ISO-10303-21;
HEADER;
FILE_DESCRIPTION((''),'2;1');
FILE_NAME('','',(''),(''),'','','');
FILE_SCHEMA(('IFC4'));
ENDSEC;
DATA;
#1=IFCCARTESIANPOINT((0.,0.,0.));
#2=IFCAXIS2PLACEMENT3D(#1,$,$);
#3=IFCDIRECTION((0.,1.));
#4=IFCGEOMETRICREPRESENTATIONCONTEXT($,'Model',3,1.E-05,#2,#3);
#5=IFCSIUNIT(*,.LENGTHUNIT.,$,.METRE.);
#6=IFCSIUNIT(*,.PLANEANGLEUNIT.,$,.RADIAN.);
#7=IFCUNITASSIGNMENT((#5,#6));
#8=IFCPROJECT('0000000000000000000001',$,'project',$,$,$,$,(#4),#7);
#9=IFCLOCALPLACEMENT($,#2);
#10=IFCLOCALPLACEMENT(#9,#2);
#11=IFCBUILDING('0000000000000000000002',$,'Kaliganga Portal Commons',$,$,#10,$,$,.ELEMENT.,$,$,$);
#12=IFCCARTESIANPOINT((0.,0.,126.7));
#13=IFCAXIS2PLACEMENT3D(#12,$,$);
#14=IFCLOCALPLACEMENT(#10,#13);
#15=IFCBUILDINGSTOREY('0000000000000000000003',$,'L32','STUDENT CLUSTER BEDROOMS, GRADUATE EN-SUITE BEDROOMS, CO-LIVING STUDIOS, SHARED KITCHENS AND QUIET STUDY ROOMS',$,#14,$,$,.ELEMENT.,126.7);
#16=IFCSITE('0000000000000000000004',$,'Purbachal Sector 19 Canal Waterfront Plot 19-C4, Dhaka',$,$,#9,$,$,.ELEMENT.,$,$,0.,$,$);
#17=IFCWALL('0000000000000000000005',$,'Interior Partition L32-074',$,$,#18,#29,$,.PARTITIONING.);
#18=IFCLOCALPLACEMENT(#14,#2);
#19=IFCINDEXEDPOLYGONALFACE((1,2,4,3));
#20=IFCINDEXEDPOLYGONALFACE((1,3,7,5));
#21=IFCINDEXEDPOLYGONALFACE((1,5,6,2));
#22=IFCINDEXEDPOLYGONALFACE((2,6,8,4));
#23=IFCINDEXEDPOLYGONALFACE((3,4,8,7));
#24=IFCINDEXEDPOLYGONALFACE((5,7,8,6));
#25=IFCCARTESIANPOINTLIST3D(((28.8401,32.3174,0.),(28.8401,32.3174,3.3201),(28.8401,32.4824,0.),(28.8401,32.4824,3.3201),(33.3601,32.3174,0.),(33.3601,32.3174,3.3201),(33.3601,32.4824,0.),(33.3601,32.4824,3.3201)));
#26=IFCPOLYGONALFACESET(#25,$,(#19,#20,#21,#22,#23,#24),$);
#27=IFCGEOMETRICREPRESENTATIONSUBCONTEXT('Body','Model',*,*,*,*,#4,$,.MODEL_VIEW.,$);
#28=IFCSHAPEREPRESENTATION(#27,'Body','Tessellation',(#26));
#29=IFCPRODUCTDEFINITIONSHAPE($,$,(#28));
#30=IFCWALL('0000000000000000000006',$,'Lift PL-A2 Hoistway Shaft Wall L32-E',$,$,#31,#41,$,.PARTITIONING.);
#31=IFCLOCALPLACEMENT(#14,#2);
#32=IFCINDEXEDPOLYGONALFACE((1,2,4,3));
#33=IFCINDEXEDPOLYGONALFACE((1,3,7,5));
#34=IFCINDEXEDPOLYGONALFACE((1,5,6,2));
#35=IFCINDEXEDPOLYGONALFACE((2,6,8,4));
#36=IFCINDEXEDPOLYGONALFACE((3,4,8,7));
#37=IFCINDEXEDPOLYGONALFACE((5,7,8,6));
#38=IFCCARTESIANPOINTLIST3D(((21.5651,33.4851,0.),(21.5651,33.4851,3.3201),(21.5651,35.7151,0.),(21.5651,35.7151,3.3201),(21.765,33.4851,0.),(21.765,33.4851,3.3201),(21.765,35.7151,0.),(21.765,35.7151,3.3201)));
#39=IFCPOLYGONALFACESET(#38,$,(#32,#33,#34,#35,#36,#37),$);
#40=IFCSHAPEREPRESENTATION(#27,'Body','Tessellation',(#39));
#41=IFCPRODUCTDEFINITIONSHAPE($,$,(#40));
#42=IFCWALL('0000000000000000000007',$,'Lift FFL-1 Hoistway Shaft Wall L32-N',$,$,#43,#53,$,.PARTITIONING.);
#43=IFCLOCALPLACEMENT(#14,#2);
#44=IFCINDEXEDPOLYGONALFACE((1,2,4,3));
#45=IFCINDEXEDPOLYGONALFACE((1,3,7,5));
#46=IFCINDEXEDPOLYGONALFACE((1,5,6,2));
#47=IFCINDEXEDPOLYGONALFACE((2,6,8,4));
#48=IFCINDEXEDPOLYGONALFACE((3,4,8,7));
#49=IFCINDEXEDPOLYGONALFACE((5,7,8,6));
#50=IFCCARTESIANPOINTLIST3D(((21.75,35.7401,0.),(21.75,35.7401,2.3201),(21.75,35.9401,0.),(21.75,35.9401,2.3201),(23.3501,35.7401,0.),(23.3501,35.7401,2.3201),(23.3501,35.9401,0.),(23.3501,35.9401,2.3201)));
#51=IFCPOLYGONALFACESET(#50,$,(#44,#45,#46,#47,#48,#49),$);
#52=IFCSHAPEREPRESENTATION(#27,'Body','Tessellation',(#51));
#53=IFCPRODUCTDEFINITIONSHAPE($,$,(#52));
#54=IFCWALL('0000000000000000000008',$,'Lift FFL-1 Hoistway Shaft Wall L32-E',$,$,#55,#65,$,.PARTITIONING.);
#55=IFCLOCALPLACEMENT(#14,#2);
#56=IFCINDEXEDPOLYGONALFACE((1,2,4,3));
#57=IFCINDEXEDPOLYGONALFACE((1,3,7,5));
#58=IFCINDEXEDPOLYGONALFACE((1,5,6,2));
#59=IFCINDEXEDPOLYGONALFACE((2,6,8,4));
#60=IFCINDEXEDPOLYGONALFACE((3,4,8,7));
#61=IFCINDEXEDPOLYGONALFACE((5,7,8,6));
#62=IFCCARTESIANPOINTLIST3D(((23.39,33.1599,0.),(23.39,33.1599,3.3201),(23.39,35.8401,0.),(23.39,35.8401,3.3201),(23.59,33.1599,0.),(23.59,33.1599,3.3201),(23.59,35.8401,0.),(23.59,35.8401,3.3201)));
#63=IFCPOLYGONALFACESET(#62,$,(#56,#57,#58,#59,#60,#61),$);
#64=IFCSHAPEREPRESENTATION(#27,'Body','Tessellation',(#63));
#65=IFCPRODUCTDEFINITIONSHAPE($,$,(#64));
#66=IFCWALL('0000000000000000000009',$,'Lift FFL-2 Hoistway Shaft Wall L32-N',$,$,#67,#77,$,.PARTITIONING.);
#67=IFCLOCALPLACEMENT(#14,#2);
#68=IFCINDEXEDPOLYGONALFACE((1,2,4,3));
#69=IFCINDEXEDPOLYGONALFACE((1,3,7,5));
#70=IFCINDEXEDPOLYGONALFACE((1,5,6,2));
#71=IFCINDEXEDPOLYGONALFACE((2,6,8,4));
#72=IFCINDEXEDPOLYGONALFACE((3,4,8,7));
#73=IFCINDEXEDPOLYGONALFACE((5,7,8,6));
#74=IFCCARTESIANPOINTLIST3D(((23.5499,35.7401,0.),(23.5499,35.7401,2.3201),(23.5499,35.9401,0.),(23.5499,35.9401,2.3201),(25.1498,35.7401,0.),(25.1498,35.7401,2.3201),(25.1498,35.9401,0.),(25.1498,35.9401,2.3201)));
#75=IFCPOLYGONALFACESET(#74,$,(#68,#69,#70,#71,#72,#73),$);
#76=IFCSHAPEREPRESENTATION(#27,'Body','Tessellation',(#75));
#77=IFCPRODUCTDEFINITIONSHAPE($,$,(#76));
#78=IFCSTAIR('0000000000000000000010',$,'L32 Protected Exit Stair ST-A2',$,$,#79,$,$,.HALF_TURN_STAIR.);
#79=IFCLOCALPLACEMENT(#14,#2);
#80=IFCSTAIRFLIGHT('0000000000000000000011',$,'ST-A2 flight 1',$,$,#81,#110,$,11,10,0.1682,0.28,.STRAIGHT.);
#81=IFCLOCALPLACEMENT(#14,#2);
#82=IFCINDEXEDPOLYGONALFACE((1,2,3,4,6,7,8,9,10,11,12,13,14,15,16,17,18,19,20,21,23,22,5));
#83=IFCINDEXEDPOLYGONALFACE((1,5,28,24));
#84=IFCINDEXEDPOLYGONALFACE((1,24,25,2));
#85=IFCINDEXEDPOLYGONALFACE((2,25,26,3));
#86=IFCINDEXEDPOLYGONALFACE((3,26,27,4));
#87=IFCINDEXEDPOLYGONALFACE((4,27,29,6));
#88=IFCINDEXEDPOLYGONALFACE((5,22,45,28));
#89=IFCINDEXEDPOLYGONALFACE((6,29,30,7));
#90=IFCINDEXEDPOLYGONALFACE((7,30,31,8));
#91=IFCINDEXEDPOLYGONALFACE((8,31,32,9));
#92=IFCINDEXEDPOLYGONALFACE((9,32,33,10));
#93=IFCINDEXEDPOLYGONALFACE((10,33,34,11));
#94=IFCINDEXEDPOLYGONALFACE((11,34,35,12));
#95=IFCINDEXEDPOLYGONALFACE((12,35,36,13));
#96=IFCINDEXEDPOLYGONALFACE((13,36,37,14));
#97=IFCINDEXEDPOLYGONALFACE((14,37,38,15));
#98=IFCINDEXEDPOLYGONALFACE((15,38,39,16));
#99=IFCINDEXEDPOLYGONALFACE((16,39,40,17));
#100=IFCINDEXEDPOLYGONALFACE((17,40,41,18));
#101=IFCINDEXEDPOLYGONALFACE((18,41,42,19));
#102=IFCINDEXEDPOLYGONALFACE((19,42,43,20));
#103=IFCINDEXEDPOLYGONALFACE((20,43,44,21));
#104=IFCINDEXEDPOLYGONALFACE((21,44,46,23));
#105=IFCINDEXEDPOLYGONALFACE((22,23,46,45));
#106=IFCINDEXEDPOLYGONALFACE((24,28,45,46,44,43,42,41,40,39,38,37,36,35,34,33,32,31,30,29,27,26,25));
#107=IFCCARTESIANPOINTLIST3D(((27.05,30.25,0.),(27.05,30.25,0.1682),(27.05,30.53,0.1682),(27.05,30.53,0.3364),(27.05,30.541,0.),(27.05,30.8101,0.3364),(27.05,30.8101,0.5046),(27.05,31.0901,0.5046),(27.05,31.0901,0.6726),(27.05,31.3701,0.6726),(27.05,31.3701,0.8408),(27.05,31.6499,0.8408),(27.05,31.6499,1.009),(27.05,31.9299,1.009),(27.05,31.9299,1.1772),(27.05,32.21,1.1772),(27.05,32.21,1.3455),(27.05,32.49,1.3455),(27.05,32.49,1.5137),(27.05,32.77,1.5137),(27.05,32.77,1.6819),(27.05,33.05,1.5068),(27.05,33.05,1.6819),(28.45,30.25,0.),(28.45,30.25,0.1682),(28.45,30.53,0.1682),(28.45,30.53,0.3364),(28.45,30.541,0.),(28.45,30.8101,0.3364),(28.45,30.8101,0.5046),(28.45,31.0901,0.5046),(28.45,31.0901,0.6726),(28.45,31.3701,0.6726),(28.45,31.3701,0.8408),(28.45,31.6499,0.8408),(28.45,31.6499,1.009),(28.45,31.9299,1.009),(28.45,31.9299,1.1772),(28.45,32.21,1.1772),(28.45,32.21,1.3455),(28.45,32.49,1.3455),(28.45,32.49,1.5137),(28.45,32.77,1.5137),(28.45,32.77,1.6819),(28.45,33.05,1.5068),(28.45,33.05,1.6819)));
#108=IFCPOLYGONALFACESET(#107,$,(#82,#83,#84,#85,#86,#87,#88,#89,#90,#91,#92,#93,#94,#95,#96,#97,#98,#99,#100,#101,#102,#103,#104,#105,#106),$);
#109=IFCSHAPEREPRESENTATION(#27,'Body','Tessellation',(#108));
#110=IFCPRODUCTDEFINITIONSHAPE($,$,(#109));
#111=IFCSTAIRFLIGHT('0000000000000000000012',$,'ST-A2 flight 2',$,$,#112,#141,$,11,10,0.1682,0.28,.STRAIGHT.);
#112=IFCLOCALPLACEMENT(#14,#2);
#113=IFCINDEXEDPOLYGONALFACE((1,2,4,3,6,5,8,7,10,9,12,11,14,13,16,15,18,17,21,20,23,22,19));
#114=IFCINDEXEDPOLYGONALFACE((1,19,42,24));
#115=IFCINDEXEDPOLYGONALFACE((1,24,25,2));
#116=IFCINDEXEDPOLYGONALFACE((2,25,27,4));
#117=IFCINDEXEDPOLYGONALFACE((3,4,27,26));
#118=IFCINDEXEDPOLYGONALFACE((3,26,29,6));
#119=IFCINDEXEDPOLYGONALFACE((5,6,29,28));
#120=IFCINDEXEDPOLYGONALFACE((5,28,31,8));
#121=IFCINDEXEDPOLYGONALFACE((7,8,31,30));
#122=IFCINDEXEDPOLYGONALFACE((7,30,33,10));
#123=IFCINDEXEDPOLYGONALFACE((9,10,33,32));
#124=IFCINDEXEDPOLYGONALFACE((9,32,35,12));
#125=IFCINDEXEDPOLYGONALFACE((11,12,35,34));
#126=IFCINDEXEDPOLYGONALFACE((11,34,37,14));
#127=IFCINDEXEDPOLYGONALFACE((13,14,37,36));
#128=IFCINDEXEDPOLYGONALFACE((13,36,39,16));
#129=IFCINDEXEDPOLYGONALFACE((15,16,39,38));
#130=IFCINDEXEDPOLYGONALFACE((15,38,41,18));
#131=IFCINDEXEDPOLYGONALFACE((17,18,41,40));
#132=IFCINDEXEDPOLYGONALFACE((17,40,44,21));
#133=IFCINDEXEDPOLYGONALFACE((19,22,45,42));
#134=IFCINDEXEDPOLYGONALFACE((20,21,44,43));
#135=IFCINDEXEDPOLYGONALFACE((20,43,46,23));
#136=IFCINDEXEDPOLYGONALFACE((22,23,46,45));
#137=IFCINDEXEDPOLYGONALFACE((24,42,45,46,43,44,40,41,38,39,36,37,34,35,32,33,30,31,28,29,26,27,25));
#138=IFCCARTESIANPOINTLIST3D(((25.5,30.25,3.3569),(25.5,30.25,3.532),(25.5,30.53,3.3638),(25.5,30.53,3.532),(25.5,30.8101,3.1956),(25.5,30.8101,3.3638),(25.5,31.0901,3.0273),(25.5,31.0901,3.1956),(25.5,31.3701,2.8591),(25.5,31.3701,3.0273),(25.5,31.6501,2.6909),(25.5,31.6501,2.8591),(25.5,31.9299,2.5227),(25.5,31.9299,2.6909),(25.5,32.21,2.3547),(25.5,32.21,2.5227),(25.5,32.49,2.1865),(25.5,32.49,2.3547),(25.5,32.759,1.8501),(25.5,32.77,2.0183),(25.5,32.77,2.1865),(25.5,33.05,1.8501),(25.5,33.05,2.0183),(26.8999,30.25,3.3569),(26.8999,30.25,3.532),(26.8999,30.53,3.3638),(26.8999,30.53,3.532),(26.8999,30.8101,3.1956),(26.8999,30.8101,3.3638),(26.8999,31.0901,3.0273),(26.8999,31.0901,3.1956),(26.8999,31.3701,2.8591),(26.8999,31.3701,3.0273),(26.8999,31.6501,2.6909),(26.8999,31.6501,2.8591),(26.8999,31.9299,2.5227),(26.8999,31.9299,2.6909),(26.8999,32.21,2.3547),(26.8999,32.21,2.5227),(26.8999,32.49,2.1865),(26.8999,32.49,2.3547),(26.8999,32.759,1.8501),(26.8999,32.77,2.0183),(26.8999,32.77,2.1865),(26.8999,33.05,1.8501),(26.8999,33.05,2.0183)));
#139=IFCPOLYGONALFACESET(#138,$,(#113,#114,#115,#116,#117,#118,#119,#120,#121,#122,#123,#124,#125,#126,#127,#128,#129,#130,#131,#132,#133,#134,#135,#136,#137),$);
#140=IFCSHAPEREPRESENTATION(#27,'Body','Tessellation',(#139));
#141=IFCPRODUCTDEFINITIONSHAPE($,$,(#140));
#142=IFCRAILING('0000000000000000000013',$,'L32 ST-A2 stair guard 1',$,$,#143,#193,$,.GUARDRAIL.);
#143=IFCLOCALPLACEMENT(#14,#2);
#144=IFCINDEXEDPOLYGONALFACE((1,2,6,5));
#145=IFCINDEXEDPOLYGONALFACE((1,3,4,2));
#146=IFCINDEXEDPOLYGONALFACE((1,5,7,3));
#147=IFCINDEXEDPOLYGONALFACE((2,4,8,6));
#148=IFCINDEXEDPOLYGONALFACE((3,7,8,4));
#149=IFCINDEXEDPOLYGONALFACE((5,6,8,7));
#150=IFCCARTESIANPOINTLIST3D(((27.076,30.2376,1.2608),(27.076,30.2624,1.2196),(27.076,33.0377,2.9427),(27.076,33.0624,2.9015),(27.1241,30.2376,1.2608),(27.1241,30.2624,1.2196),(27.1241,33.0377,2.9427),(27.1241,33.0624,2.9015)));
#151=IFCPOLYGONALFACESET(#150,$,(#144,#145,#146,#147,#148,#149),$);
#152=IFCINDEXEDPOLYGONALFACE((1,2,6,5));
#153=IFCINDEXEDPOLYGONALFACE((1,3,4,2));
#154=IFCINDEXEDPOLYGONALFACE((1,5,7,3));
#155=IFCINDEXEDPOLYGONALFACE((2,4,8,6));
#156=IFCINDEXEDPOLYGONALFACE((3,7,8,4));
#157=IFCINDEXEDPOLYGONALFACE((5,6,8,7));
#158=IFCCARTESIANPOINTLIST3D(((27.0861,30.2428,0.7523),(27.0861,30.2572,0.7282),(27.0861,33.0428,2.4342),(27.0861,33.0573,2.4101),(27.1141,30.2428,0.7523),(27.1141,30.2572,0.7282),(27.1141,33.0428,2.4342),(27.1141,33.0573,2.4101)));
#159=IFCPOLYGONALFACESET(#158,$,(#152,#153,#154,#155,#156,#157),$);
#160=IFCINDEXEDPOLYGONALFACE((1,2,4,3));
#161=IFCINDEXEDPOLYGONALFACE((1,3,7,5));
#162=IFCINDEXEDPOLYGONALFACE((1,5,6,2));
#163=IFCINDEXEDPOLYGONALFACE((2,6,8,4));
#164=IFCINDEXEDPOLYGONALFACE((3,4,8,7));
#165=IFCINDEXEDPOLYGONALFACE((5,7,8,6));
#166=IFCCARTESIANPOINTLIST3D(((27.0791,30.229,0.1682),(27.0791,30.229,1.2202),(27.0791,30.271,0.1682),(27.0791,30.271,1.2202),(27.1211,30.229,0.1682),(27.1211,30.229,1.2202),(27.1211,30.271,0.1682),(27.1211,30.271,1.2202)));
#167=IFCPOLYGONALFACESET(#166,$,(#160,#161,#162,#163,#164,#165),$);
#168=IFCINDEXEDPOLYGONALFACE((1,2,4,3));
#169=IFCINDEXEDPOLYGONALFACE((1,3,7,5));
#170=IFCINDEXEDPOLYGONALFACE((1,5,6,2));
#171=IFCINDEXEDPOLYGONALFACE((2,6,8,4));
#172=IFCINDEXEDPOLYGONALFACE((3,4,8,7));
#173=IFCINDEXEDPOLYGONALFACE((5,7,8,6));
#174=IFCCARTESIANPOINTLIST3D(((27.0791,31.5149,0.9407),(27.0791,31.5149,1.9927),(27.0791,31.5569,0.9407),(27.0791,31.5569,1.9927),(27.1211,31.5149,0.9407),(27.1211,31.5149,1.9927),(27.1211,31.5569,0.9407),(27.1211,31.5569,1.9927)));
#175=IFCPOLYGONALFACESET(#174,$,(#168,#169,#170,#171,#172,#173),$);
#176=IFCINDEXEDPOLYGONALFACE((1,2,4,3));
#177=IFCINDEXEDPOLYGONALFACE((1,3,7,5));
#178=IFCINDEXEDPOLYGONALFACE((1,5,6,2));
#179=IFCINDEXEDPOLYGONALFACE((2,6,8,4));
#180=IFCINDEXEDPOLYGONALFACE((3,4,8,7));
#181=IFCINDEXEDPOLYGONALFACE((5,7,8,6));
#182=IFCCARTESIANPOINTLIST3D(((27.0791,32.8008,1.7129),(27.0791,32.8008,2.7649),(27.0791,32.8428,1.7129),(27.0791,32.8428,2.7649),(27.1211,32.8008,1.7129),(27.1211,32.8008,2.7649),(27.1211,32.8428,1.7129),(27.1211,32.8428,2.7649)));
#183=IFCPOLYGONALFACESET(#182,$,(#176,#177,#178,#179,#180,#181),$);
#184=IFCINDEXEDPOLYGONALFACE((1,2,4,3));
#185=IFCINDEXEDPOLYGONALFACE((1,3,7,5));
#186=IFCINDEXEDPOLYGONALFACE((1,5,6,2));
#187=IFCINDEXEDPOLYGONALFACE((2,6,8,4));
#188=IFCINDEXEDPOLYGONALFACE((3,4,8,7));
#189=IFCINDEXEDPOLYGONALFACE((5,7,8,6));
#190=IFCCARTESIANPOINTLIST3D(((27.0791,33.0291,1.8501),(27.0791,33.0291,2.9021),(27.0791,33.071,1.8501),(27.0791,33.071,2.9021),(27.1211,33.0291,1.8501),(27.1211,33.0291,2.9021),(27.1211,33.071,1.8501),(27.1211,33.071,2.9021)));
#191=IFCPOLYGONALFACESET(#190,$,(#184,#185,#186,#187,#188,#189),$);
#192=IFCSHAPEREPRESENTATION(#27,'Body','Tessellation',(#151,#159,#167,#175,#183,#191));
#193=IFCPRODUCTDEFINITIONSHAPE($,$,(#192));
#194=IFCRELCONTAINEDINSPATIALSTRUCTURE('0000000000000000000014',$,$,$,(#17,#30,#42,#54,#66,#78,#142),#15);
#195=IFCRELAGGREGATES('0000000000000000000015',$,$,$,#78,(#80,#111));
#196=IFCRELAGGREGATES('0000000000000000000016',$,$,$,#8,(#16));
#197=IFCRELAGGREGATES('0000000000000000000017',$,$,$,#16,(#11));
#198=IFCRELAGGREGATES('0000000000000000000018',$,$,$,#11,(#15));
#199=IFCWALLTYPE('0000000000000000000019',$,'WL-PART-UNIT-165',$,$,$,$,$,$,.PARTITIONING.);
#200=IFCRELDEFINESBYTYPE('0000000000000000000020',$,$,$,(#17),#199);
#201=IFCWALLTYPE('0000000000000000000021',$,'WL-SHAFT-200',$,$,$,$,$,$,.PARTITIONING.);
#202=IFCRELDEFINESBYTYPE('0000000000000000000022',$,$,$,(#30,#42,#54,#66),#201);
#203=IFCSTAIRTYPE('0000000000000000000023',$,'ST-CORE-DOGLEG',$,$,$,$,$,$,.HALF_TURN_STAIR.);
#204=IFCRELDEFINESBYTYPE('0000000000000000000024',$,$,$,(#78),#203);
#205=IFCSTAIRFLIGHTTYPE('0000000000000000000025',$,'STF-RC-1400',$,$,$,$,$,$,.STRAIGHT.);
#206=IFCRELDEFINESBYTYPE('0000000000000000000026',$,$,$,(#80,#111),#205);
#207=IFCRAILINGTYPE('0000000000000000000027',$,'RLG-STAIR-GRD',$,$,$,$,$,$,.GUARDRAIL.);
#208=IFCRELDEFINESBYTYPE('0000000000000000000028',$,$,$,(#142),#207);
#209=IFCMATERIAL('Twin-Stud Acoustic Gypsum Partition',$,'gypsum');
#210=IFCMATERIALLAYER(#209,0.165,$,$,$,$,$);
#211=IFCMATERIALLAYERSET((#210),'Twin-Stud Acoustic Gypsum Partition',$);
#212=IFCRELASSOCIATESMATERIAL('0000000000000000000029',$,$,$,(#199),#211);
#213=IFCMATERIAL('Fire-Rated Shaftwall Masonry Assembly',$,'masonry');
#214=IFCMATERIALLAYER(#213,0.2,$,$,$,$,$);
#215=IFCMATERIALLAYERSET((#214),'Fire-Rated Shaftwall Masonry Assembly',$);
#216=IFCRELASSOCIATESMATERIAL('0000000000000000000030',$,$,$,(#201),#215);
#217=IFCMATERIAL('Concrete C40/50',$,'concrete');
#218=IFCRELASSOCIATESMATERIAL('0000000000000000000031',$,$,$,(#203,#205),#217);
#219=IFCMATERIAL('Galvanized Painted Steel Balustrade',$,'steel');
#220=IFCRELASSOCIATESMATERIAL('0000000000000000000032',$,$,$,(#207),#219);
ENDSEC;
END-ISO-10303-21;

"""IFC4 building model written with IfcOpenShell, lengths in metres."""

from ifc_helpers import new_model, si_unit, direction, frame, frame_2d, origin, origin_2d, place, context, subcontext, project, spatial, polyline, rectangle, outline, extrude, material, layer, layer_set, type_object, element, aggregate, save


model = new_model("IFC4")

# Units and contexts
model_context = context("Model", 3, precision=1e-05, world=origin(), true_north=direction((0.0, 1.0)))
body_context = subcontext(model_context, "Body", "Model", "MODEL_VIEW")
ifc_project = project(units=[si_unit("LENGTHUNIT", "METRE"), si_unit("PLANEANGLEUNIT", "RADIAN")], contexts=[model_context])

# Site, building, storey
site_placement = place(None, origin())
site = spatial("IfcSite", under=ifc_project, at=site_placement, Name="Purbachal Sector 19 Canal Waterfront Plot 19-C4, Dhaka", CompositionType="ELEMENT", RefElevation=0.0)
building_placement = place(site_placement, origin())
building = spatial("IfcBuilding", under=site, at=building_placement, Name="Kaliganga Portal Commons", CompositionType="ELEMENT")
storey_placement = place(building_placement, frame((0.0, 0.0, 126.7)))
storey = spatial("IfcBuildingStorey", under=building, at=storey_placement, Name="L32", Description="STUDENT CLUSTER BEDROOMS, GRADUATE EN-SUITE BEDROOMS, CO-LIVING STUDIOS, SHARED KITCHENS AND QUIET STUDY ROOMS", CompositionType="ELEMENT", Elevation=126.7)

# Walls
ifc_material_1 = material(Name="Twin-Stud Acoustic Gypsum Partition", Category="gypsum")
ifc_layer_1 = layer(ifc_material_1, 0.165)
ifc_layer_set_1 = layer_set([ifc_layer_1], Name="Twin-Stud Acoustic Gypsum Partition")
wall_type_1 = type_object("IfcWallType", Name="WL-PART-UNIT-165", PredefinedType="PARTITIONING", material=ifc_layer_set_1)
wall_1_placement = place(storey_placement, frame((28.8401, 32.3999, 0.0), z_axis=(0.0, 0.0, 1.0), x_axis=(1.0, 0.0, 0.0)))
element("IfcWall", 1, at=wall_1_placement, inside=storey, type_object=wall_type_1, Name="Interior Partition L32-074", PredefinedType="PARTITIONING", context=body_context, shape_type="SweptSolid", body=[
    extrude(rectangle(XDim=4.52, YDim=0.165, at=frame_2d((2.26, 0.0))), origin(), (0.0, 0.0, 1.0), 3.3201),
])
ifc_material_2 = material(Name="Fire-Rated Shaftwall Masonry Assembly", Category="masonry")
ifc_layer_2 = layer(ifc_material_2, 0.2)
ifc_layer_set_2 = layer_set([ifc_layer_2], Name="Fire-Rated Shaftwall Masonry Assembly")
wall_type_2 = type_object("IfcWallType", Name="WL-SHAFT-200", PredefinedType="PARTITIONING", material=ifc_layer_set_2)
wall_2_placement = place(storey_placement, frame((21.665, 33.4851, 0.0), z_axis=(0.0, 0.0, 1.0), x_axis=(0.0, 1.0, 0.0)))
element("IfcWall", 2, at=wall_2_placement, inside=storey, type_object=wall_type_2, Name="Lift PL-A2 Hoistway Shaft Wall L32-E", PredefinedType="PARTITIONING", context=body_context, shape_type="SweptSolid", body=[
    extrude(rectangle(XDim=2.23, YDim=0.2, at=frame_2d((1.115, 0.0))), origin(), (0.0, 0.0, 1.0), 3.3201),
])

# Walls
wall_3_placement = place(storey_placement, frame((21.75, 35.8401, 0.0), z_axis=(0.0, 0.0, 1.0), x_axis=(1.0, 0.0, 0.0)))
element("IfcWall", 3, at=wall_3_placement, inside=storey, type_object=wall_type_2, Name="Lift FFL-1 Hoistway Shaft Wall L32-N", PredefinedType="PARTITIONING", context=body_context, shape_type="SweptSolid", body=[
    extrude(rectangle(XDim=1.6001, YDim=0.2, at=frame_2d((0.8, 0.0))), origin(), (0.0, 0.0, 1.0), 2.3201),
])
wall_4_placement = place(storey_placement, frame((23.49, 33.1599, 0.0), z_axis=(0.0, 0.0, 1.0), x_axis=(0.0, 1.0, 0.0)))
element("IfcWall", 4, at=wall_4_placement, inside=storey, type_object=wall_type_2, Name="Lift FFL-1 Hoistway Shaft Wall L32-E", PredefinedType="PARTITIONING", context=body_context, shape_type="SweptSolid", body=[
    extrude(rectangle(XDim=2.6802, YDim=0.2, at=frame_2d((1.3401, 0.0))), origin(), (0.0, 0.0, 1.0), 3.3201),
])

# Wall
wall_5_placement = place(storey_placement, frame((23.55, 35.8401, 0.0), z_axis=(0.0, 0.0, 1.0), x_axis=(1.0, 0.0, 0.0)))
element("IfcWall", 5, at=wall_5_placement, inside=storey, type_object=wall_type_2, Name="Lift FFL-2 Hoistway Shaft Wall L32-N", PredefinedType="PARTITIONING", context=body_context, shape_type="SweptSolid", body=[
    extrude(rectangle(XDim=1.5999, YDim=0.2, at=frame_2d((0.7998, 0.0))), origin(), (0.0, 0.0, 1.0), 2.3201),
])

# Stair, stair flights
ifc_material_3 = material(Name="Concrete C40/50", Category="concrete")
stair_type = type_object("IfcStairType", Name="ST-CORE-DOGLEG", PredefinedType="HALF_TURN_STAIR", material=ifc_material_3)
stair_placement = place(storey_placement, origin())
stair = element("IfcStair", 6, at=stair_placement, inside=storey, type_object=stair_type, Name="L32 Protected Exit Stair ST-A2", PredefinedType="HALF_TURN_STAIR")
stair_flight_type = type_object("IfcStairFlightType", Name="STF-RC-1400", PredefinedType="STRAIGHT", material=ifc_material_3)
stair_flight_1_placement = place(storey_placement, frame((27.75, 30.25, 0.0), z_axis=(0.0, 0.0, 1.0), x_axis=(0.0, 1.0, 0.0)))
stair_flight_1 = element("IfcStairFlight", 7, at=stair_flight_1_placement, type_object=stair_flight_type, Name="ST-A2 flight 1", NumberOfRisers=11, NumberOfTreads=10, PredefinedType="STRAIGHT", RiserHeight=0.1682, TreadLength=0.28, context=body_context, shape_type="SweptSolid", body=[
    extrude(outline(polyline([(0.0, 0.0), (0.0, 0.1682), (0.28, 0.1682), (0.28, 0.3364), (0.5601, 0.3364), (0.5601, 0.5046), (0.8401, 0.5046), (0.8401, 0.6726), (1.1201, 0.6726), (1.1201, 0.8408), (1.3999, 0.8408), (1.3999, 1.009), (1.6799, 1.009), (1.6799, 1.1772), (1.96, 1.1772), (1.96, 1.3455), (2.24, 1.3455), (2.24, 1.5137), (2.52, 1.5137), (2.52, 1.6819), (2.8, 1.6819), (2.8, 1.8501), (2.8, 1.5068), (0.291, 0.0), (0.0, 0.0)])), frame((0.0, 0.7, 0.0), z_axis=(0.0, -1.0, 0.0), x_axis=(1.0, 0.0, 0.0)), (0.0, 0.0, 1.0), 1.3999),
])
stair_flight_2_placement = place(storey_placement, frame((26.2, 33.05, 1.8501), z_axis=(0.0, 0.0, 1.0), x_axis=(0.0, -1.0, 0.0)))
stair_flight_2 = element("IfcStairFlight", 8, at=stair_flight_2_placement, type_object=stair_flight_type, Name="ST-A2 flight 2", NumberOfRisers=11, NumberOfTreads=10, PredefinedType="STRAIGHT", RiserHeight=0.1682, TreadLength=0.28, context=body_context, shape_type="SweptSolid", body=[
    extrude(outline(polyline([(0.0, 0.0), (0.0, 0.1682), (0.28, 0.1682), (0.28, 0.3364), (0.5601, 0.3364), (0.5601, 0.5046), (0.8401, 0.5046), (0.8401, 0.6726), (1.1201, 0.6726), (1.1201, 0.8408), (1.3999, 0.8408), (1.3999, 1.009), (1.6799, 1.009), (1.6799, 1.1772), (1.96, 1.1772), (1.96, 1.3455), (2.24, 1.3455), (2.24, 1.5137), (2.52, 1.5137), (2.52, 1.6819), (2.8, 1.6819), (2.8, 1.8501), (2.8, 1.5068), (0.291, 0.0), (0.0, 0.0)])), frame((0.0, 0.7, 0.0), z_axis=(0.0, -1.0, 0.0), x_axis=(1.0, 0.0, 0.0)), (0.0, 0.0, 1.0), 1.3999),
])
aggregate(stair, [stair_flight_1, stair_flight_2])

# Railing
ifc_material_4 = material(Name="Galvanized Painted Steel Balustrade", Category="steel")
railing_type_1 = type_object("IfcRailingType", Name="RLG-STAIR-GRD", PredefinedType="GUARDRAIL", material=ifc_material_4)
railing_1_placement = place(storey_placement, frame((27.1001, 30.25, 0.1682)))
element("IfcRailing", 9, at=railing_1_placement, inside=storey, type_object=railing_type_1, Name="L32 ST-A2 stair guard 1", PredefinedType="GUARDRAIL", context=body_context, shape_type="SweptSolid", body=[
    extrude(rectangle(XDim=0.0481, YDim=0.0481, at=origin_2d()), frame((0.0, 0.0, 1.072), z_axis=(0.0, 0.857242, 0.514913), x_axis=(-1.0, 0.0, 0.0)), (0.0, 0.0, 1.0), 3.2664),
    extrude(rectangle(XDim=0.0281, YDim=0.0281, at=origin_2d()), frame((0.0, 0.0, 0.572), z_axis=(0.0, 0.857242, 0.514913), x_axis=(-1.0, 0.0, 0.0)), (0.0, 0.0, 1.0), 3.2664),
    extrude(rectangle(XDim=0.042, YDim=0.042, at=origin_2d()), origin(), (0.0, 0.0, 1.0), 1.052),
    extrude(rectangle(XDim=0.042, YDim=0.042, at=origin_2d()), frame((0.0, 1.2859, 0.7725)), (0.0, 0.0, 1.0), 1.052),
    extrude(rectangle(XDim=0.042, YDim=0.042, at=origin_2d()), frame((0.0, 2.5718, 1.5447)), (0.0, 0.0, 1.0), 1.052),
    extrude(rectangle(XDim=0.042, YDim=0.042, at=origin_2d()), frame((0.0, 2.8, 1.6819)), (0.0, 0.0, 1.0), 1.052),
])

save(model, "model.ifc")
